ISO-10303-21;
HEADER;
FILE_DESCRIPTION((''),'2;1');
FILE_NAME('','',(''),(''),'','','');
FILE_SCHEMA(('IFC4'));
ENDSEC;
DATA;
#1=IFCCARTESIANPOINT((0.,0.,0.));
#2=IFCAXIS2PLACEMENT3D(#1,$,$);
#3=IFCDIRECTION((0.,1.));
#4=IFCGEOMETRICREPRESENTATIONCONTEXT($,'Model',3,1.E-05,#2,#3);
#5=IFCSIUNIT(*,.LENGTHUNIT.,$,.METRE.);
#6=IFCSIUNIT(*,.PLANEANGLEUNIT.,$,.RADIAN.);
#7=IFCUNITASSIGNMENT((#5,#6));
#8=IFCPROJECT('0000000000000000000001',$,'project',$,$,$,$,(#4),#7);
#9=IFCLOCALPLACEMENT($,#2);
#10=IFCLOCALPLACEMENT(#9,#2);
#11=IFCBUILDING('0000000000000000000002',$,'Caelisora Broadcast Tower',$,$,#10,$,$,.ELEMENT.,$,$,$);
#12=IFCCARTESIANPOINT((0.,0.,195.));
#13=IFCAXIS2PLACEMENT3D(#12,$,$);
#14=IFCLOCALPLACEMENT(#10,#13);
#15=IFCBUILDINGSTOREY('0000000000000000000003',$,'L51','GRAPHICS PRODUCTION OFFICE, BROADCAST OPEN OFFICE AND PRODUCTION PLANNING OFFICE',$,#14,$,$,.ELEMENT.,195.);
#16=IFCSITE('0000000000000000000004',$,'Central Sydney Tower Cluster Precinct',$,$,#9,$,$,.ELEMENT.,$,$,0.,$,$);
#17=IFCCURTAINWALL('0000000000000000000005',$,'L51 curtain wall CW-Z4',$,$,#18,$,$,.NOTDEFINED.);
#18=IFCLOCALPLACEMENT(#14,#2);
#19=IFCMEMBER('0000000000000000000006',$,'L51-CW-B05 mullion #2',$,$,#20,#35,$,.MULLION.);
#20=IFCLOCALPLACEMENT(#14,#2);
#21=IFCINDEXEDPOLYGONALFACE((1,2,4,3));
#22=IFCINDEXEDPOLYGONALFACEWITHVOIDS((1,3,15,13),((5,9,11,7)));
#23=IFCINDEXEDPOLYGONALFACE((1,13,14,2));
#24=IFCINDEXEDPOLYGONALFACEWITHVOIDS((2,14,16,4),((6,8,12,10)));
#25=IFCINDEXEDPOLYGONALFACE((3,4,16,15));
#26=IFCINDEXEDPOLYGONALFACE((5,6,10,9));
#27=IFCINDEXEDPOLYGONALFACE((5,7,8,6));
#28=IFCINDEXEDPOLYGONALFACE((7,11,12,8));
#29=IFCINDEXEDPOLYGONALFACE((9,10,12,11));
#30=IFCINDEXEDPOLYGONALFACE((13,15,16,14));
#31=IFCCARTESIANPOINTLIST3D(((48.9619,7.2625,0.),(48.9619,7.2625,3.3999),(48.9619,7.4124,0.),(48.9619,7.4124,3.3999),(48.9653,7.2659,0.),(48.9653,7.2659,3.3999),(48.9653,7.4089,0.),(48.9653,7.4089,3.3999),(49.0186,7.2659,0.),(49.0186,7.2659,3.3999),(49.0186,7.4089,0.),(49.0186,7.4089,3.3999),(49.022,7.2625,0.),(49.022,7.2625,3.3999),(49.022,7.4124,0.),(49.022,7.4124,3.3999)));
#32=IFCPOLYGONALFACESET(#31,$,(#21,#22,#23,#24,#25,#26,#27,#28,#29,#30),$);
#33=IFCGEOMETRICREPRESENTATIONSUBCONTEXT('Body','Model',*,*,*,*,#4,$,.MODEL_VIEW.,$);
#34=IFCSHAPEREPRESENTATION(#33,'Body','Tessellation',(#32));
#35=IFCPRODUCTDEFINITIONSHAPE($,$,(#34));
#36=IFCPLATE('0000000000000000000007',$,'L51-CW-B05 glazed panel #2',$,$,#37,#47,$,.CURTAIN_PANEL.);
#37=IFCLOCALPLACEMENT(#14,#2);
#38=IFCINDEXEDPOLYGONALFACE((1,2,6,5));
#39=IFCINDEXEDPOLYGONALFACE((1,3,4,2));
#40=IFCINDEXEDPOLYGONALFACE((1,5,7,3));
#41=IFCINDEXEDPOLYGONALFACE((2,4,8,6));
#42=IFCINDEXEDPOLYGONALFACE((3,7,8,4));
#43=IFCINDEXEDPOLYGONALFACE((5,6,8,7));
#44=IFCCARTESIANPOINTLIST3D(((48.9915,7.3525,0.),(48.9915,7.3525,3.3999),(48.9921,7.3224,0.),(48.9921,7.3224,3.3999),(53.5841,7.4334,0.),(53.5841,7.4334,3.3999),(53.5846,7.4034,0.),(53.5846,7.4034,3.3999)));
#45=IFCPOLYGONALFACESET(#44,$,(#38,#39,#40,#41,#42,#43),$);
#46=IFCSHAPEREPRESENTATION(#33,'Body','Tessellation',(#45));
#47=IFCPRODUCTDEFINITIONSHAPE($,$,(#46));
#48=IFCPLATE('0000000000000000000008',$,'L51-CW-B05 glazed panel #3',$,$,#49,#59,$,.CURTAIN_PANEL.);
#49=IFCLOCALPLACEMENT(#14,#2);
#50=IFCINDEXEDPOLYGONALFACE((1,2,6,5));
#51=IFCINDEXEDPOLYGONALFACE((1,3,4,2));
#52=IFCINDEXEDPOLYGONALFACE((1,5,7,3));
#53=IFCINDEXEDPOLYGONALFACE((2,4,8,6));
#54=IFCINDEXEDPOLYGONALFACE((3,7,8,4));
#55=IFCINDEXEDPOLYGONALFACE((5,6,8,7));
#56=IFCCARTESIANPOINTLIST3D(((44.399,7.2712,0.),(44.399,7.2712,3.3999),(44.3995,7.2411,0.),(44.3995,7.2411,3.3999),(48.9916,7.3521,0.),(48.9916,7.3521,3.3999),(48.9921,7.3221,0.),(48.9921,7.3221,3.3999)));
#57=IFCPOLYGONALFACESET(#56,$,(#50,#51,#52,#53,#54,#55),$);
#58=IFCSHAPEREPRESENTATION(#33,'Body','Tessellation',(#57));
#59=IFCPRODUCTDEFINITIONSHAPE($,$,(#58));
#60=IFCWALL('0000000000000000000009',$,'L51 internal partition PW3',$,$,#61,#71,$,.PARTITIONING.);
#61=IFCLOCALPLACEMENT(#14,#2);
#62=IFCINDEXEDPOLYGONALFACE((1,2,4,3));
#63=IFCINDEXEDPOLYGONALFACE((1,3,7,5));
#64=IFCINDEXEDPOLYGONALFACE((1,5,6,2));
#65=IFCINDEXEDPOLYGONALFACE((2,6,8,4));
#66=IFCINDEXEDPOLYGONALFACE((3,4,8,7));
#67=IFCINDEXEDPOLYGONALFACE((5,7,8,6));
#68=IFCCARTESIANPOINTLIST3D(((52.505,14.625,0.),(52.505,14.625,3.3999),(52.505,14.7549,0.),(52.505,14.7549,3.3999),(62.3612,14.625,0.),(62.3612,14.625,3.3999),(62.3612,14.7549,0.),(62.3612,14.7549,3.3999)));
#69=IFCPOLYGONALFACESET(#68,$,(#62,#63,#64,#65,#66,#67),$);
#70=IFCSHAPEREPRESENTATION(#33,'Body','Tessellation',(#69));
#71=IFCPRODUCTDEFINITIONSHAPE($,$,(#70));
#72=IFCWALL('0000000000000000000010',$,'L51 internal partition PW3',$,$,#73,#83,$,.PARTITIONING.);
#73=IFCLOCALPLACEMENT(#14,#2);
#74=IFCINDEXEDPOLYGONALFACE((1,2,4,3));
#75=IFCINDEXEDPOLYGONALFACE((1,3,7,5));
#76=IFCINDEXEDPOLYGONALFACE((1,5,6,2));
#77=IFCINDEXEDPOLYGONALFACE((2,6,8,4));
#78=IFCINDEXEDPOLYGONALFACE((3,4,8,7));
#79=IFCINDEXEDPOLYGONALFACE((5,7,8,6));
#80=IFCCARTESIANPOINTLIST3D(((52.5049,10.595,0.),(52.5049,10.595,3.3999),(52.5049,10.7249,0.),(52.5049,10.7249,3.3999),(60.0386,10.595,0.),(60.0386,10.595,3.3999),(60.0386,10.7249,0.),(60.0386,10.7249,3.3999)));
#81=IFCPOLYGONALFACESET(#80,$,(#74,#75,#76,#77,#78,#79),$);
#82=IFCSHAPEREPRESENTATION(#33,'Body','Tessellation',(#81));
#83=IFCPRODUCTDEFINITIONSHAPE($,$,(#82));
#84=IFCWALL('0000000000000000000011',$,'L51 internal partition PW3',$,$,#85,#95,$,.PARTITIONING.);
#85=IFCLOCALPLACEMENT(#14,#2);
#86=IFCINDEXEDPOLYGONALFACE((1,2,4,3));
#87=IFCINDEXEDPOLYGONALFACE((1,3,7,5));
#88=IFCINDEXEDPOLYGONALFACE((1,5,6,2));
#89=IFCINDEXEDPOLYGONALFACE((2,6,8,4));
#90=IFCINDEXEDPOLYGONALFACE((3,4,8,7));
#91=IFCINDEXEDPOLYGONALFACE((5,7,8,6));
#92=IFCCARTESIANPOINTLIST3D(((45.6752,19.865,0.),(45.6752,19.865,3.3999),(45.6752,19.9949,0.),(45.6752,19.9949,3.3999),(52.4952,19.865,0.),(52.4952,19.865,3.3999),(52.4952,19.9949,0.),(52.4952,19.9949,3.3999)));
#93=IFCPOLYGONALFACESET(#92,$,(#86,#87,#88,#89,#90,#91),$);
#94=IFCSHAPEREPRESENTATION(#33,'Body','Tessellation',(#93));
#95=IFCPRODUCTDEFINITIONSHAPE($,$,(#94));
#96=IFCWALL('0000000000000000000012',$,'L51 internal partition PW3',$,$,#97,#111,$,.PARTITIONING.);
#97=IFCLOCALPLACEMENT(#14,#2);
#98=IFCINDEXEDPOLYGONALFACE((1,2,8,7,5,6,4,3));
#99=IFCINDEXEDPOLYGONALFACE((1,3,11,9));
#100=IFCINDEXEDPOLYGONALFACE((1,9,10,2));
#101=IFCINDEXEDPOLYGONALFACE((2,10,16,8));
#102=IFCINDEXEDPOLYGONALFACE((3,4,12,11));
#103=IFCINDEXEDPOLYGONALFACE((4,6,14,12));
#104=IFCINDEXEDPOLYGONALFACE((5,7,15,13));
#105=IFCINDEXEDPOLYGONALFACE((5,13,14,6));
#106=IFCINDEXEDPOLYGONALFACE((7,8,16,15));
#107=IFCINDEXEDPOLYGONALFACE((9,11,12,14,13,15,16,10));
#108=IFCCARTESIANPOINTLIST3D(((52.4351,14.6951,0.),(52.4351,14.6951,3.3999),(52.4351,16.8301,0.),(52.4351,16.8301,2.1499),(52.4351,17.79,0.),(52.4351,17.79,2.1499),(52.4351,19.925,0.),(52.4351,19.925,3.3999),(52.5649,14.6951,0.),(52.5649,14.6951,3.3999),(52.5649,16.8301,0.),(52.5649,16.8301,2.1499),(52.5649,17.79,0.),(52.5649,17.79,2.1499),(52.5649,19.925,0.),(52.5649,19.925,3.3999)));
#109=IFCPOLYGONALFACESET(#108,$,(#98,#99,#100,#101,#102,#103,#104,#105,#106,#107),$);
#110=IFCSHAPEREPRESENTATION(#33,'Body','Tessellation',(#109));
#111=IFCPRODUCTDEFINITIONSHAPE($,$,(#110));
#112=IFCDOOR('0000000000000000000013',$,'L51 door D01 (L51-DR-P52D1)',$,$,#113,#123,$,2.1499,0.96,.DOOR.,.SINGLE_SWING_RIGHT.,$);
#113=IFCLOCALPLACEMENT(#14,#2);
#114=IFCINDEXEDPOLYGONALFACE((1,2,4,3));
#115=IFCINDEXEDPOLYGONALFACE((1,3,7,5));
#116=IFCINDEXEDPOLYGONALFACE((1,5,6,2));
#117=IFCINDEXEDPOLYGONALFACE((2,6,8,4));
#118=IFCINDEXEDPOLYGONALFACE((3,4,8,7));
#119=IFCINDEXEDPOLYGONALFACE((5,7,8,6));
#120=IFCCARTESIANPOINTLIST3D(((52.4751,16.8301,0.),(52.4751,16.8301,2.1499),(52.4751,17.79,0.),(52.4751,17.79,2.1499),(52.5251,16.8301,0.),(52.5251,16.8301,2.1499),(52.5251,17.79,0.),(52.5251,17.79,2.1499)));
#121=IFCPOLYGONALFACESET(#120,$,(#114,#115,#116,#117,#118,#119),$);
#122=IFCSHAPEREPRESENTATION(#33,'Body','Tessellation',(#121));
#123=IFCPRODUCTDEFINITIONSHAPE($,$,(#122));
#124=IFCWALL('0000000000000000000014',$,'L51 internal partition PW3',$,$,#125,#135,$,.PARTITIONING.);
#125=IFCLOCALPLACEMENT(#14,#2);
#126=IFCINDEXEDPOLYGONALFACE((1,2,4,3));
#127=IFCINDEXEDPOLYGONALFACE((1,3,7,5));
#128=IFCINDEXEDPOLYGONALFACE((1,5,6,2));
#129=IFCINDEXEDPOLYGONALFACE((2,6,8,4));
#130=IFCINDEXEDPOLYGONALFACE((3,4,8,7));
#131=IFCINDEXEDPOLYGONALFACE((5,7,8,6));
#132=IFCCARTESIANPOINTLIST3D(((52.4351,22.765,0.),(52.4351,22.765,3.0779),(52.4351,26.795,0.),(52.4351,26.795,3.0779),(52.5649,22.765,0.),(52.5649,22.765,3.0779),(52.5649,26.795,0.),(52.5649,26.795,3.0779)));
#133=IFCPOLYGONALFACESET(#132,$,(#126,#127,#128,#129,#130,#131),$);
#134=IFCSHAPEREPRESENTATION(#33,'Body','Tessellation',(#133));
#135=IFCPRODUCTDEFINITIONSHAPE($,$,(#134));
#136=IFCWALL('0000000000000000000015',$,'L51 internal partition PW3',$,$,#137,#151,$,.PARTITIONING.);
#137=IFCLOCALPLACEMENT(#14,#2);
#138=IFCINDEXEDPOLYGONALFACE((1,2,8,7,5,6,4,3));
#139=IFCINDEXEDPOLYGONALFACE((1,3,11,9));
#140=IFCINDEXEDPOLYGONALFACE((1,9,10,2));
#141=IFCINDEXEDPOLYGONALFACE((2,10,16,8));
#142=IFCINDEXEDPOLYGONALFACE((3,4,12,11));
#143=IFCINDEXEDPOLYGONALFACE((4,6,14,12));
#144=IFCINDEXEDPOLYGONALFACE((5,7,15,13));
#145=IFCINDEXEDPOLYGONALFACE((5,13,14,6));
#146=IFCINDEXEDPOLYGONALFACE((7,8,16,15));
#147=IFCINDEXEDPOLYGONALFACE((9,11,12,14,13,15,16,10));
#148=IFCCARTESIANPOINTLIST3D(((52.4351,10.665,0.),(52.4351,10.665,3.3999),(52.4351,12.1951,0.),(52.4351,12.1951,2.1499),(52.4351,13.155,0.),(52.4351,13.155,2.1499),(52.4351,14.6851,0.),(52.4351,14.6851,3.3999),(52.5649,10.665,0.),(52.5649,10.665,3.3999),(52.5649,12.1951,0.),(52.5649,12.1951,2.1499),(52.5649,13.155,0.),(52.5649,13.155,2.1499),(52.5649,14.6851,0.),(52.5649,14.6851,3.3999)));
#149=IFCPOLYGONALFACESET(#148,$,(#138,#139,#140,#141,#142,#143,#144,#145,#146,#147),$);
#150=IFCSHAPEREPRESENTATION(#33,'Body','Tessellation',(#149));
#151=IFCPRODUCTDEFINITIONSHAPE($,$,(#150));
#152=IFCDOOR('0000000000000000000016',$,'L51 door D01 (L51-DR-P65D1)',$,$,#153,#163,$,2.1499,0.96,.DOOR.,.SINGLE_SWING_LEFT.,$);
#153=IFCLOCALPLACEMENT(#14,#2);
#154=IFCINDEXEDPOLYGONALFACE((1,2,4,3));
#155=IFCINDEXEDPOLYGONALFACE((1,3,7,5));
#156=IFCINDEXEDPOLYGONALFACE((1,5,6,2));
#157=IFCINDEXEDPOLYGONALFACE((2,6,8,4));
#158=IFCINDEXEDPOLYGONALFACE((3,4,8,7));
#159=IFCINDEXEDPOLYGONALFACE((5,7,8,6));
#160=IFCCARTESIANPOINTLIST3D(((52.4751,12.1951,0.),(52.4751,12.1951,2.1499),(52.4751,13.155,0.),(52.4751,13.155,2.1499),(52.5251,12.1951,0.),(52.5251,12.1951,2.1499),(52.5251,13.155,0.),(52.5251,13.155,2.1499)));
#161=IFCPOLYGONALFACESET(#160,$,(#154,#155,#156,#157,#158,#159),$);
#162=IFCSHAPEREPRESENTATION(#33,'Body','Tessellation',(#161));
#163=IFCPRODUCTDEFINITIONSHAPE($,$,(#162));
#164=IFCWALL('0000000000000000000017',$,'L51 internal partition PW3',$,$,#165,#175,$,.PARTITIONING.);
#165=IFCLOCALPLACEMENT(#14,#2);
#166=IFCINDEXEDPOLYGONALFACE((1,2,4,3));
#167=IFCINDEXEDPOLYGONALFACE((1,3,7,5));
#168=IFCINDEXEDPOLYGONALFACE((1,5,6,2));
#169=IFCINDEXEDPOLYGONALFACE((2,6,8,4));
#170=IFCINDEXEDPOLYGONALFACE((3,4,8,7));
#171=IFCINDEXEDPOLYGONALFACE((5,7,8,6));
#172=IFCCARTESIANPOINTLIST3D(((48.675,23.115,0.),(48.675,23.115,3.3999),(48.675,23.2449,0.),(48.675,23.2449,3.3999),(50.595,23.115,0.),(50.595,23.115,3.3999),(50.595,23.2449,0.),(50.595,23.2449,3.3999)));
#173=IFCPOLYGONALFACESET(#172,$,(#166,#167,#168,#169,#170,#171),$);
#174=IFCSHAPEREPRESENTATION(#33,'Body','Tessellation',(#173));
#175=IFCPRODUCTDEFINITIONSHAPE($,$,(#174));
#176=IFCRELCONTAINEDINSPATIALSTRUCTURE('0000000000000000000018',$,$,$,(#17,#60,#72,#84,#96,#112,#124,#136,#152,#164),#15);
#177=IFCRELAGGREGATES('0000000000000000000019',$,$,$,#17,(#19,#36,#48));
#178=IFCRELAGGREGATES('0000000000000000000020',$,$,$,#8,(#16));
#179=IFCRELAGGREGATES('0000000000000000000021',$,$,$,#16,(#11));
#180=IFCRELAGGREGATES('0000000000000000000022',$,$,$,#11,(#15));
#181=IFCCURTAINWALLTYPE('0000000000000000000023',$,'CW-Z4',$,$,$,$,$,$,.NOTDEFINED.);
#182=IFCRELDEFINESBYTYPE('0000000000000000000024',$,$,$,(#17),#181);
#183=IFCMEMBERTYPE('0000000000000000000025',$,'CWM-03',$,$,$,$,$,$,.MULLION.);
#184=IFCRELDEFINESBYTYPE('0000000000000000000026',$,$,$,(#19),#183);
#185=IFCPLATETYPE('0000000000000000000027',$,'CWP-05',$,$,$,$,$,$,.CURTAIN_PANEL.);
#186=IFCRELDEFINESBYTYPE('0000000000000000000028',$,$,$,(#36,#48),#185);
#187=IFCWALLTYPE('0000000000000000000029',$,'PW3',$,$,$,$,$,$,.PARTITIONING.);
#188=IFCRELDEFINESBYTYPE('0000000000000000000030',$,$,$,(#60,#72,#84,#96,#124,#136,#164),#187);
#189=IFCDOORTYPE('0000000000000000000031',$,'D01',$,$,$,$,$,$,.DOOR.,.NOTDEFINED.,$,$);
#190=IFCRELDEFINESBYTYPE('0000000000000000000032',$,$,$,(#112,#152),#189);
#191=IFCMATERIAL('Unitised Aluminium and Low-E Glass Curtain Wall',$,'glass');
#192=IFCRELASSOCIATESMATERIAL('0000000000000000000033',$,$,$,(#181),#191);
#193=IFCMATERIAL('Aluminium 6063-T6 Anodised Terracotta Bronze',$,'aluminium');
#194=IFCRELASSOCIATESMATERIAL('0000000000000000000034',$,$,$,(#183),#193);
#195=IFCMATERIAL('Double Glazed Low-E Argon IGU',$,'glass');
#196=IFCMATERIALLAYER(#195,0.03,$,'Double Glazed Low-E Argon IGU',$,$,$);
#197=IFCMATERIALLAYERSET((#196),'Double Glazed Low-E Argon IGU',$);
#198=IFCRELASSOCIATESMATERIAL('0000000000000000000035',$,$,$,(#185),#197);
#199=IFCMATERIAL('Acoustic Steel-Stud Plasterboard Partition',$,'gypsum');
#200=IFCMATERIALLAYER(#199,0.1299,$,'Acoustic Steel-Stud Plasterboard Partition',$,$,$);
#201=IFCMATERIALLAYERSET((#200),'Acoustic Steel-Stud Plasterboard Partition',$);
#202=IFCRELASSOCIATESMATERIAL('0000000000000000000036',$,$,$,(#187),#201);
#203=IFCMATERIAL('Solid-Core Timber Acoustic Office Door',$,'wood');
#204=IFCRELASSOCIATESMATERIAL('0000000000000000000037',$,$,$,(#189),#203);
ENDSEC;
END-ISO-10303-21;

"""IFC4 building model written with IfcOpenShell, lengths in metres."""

from ifc_helpers import new_model, si_unit, direction, frame, frame_2d, origin, origin_2d, place, context, subcontext, project, spatial, rectangle, hollow_rectangle, extrude, source, transform, mapped, material, layer, layer_set, material_profile, profile_set, type_object, type_shapes, element, fill, aggregate, save


model = new_model("IFC4")

# Units and contexts
model_context = context("Model", 3, precision=1e-05, world=origin(), true_north=direction((0.0, 1.0)))
body_context = subcontext(model_context, "Body", "Model", "MODEL_VIEW")
ifc_project = project(units=[si_unit("LENGTHUNIT", "METRE"), si_unit("PLANEANGLEUNIT", "RADIAN")], contexts=[model_context])

# Site, building, storey
site_placement = place(None, origin())
site = spatial("IfcSite", under=ifc_project, at=site_placement, Name="Central Sydney Tower Cluster Precinct", CompositionType="ELEMENT", RefElevation=0.0)
building_placement = place(site_placement, origin())
building = spatial("IfcBuilding", under=site, at=building_placement, Name="Caelisora Broadcast Tower", CompositionType="ELEMENT")
storey_placement = place(building_placement, frame((0.0, 0.0, 195.0)))
storey = spatial("IfcBuildingStorey", under=building, at=storey_placement, Name="L51", Description="GRAPHICS PRODUCTION OFFICE, BROADCAST OPEN OFFICE AND PRODUCTION PLANNING OFFICE", CompositionType="ELEMENT", Elevation=195.0)

# Curtain wall, member, plates
ifc_material_1 = material(Name="Unitised Aluminium and Low-E Glass Curtain Wall", Category="glass")
curtain_wall_type = type_object("IfcCurtainWallType", Name="CW-Z4", PredefinedType="NOTDEFINED", material=ifc_material_1)
curtain_wall_placement = place(storey_placement, origin())
curtain_wall = element("IfcCurtainWall", 1, at=curtain_wall_placement, inside=storey, type_object=curtain_wall_type, Name="L51 curtain wall CW-Z4", PredefinedType="NOTDEFINED")
ifc_material_2 = material(Name="Aluminium 6063-T6 Anodised Terracotta Bronze", Category="aluminium")
ifc_material_profile_1 = material_profile(ifc_material_2, hollow_rectangle(XDim=0.0601, YDim=0.1499, WallThickness=0.0034, at=origin_2d()), Name="Aluminium 6063-T6 Anodised Terracotta Bronze")
ifc_profile_set_1 = profile_set([ifc_material_profile_1], Name="Aluminium 6063-T6 Anodised Terracotta Bronze")
member_type = type_object("IfcMemberType", Name="CWM-03", PredefinedType="MULLION", material=ifc_profile_set_1)
shared_shape_1 = source(origin(), body_context, "Body", "SweptSolid", [
    extrude(hollow_rectangle(XDim=0.0601, YDim=0.1499, WallThickness=0.0034, at=origin_2d()), origin(), (0.0, 0.0, 1.0), 3.3999),
])
type_shapes(member_type, [shared_shape_1])
member_placement = place(storey_placement, frame((48.9919, 7.3374, 0.0), z_axis=(0.0, 0.0, 1.0), x_axis=(1.0, 0.0, 0.0)))
member = element("IfcMember", 2, at=member_placement, type_object=member_type, Name="L51-CW-B05 mullion #2", PredefinedType="MULLION", context=body_context, shape_type="MappedRepresentation", body=[
    mapped(shared_shape_1, transform((0.0, 0.0, 0.0), scale=1.0)),
])
ifc_material_3 = material(Name="Double Glazed Low-E Argon IGU", Category="glass")
ifc_layer_1 = layer(ifc_material_3, 0.03, Name="Double Glazed Low-E Argon IGU")
ifc_layer_set_1 = layer_set([ifc_layer_1], Name="Double Glazed Low-E Argon IGU")
plate_type = type_object("IfcPlateType", Name="CWP-05", PredefinedType="CURTAIN_PANEL", material=ifc_layer_set_1)
shared_shape_2 = source(origin(), body_context, "Body", "SweptSolid", [
    extrude(rectangle(XDim=4.5933, YDim=0.03, at=origin_2d()), origin(), (0.0, 0.0, 1.0), 3.3999),
])
type_shapes(plate_type, [shared_shape_2])
plate_1_placement = place(storey_placement, frame((51.2881, 7.3779, 0.0), z_axis=(0.0, 0.0, 1.0), x_axis=(-0.999845, -0.017627, 0.0)))
plate_1 = element("IfcPlate", 3, at=plate_1_placement, type_object=plate_type, Name="L51-CW-B05 glazed panel #2", PredefinedType="CURTAIN_PANEL", context=body_context, shape_type="MappedRepresentation", body=[
    mapped(shared_shape_2, transform((0.0, 0.0, 0.0), scale=1.0)),
])
plate_2_placement = place(storey_placement, frame((46.6956, 7.2966, 0.0), z_axis=(0.0, 0.0, 1.0), x_axis=(-0.999845, -0.017627, 0.0)))
plate_2 = element("IfcPlate", 4, at=plate_2_placement, type_object=plate_type, Name="L51-CW-B05 glazed panel #3", PredefinedType="CURTAIN_PANEL", context=body_context, shape_type="MappedRepresentation", body=[
    mapped(shared_shape_2, transform((0.0, 0.0, 0.0), scale=1.0)),
])
aggregate(curtain_wall, [member, plate_1, plate_2])

# Walls
ifc_material_4 = material(Name="Acoustic Steel-Stud Plasterboard Partition", Category="gypsum")
ifc_layer_2 = layer(ifc_material_4, 0.1299, Name="Acoustic Steel-Stud Plasterboard Partition")
ifc_layer_set_2 = layer_set([ifc_layer_2], Name="Acoustic Steel-Stud Plasterboard Partition")
wall_type = type_object("IfcWallType", Name="PW3", PredefinedType="PARTITIONING", material=ifc_layer_set_2)
wall_1_placement = place(storey_placement, frame((52.5049, 14.6899, 0.0), z_axis=(0.0, 0.0, 1.0), x_axis=(1.0, 0.0, 0.0)))
element("IfcWall", 5, at=wall_1_placement, inside=storey, type_object=wall_type, Name="L51 internal partition PW3", PredefinedType="PARTITIONING", context=body_context, shape_type="SweptSolid", body=[
    extrude(rectangle(XDim=9.8562, YDim=0.1299, at=frame_2d((4.9282, 0.0))), origin(), (0.0, 0.0, 1.0), 3.3999),
])
wall_2_placement = place(storey_placement, frame((52.5049, 10.6599, 0.0), z_axis=(0.0, 0.0, 1.0), x_axis=(1.0, 0.0, 0.0)))
element("IfcWall", 6, at=wall_2_placement, inside=storey, type_object=wall_type, Name="L51 internal partition PW3", PredefinedType="PARTITIONING", context=body_context, shape_type="SweptSolid", body=[
    extrude(rectangle(XDim=7.5337, YDim=0.1299, at=frame_2d((3.7668, 0.0))), origin(), (0.0, 0.0, 1.0), 3.3999),
])
wall_3_placement = place(storey_placement, frame((45.675, 19.9299, 0.0), z_axis=(0.0, 0.0, 1.0), x_axis=(1.0, 0.0, 0.0)))
element("IfcWall", 7, at=wall_3_placement, inside=storey, type_object=wall_type, Name="L51 internal partition PW3", PredefinedType="PARTITIONING", context=body_context, shape_type="SweptSolid", body=[
    extrude(rectangle(XDim=6.8201, YDim=0.1299, at=frame_2d((3.4102, 0.0))), origin(), (0.0, 0.0, 1.0), 3.3999),
])

# Wall, opening, door
wall_4_placement = place(storey_placement, frame((52.5, 14.6951, 0.0), z_axis=(0.0, 0.0, 1.0), x_axis=(0.0, 1.0, 0.0)))
wall_4 = element("IfcWall", 8, at=wall_4_placement, inside=storey, type_object=wall_type, Name="L51 internal partition PW3", PredefinedType="PARTITIONING", context=body_context, shape_type="SweptSolid", body=[
    extrude(rectangle(XDim=5.23, YDim=0.1299, at=frame_2d((2.615, 0.0))), origin(), (0.0, 0.0, 1.0), 3.3999),
])
opening_1_placement = place(wall_4_placement, frame((2.135, 0.0, 0.0)))
opening_1 = element("IfcOpeningElement", 9, at=opening_1_placement, cuts=wall_4, PredefinedType="OPENING", context=body_context, shape_type="SweptSolid", body=[
    extrude(rectangle(XDim=0.96, YDim=2.1499, at=frame_2d((0.48, 1.075))), frame((0.0, 0.0769, 0.0), z_axis=(0.0, -1.0, 0.0), x_axis=(1.0, 0.0, 0.0)), (0.0, 0.0, 1.0), 0.1538),
])
ifc_material_5 = material(Name="Solid-Core Timber Acoustic Office Door", Category="wood")
door_type = type_object("IfcDoorType", Name="D01", OperationType="NOTDEFINED", PredefinedType="DOOR", material=ifc_material_5)
door_1_placement = place(opening_1_placement, origin())
door_1 = element("IfcDoor", 10, at=door_1_placement, inside=storey, type_object=door_type, Name="L51 door D01 (L51-DR-P52D1)", OperationType="SINGLE_SWING_RIGHT", OverallHeight=2.1499, OverallWidth=0.96, PredefinedType="DOOR", context=body_context, shape_type="SweptSolid", body=[
    extrude(rectangle(XDim=0.96, YDim=2.1499, at=frame_2d((0.48, 1.075))), frame((0.0, 0.0249, 0.0), z_axis=(0.0, -1.0, 0.0), x_axis=(1.0, 0.0, 0.0)), (0.0, 0.0, 1.0), 0.05),
])
fill(opening_1, door_1)

# Wall
wall_5_placement = place(storey_placement, frame((52.5, 22.7649, 0.0), z_axis=(0.0, 0.0, 1.0), x_axis=(0.0, 1.0, 0.0)))
element("IfcWall", 11, at=wall_5_placement, inside=storey, type_object=wall_type, Name="L51 internal partition PW3", PredefinedType="PARTITIONING", context=body_context, shape_type="SweptSolid", body=[
    extrude(rectangle(XDim=4.03, YDim=0.1299, at=frame_2d((2.0151, 0.0))), origin(), (0.0, 0.0, 1.0), 3.0779),
])

# Wall, opening, door
wall_6_placement = place(storey_placement, frame((52.5, 10.665, 0.0), z_axis=(0.0, 0.0, 1.0), x_axis=(0.0, 1.0, 0.0)))
wall_6 = element("IfcWall", 12, at=wall_6_placement, inside=storey, type_object=wall_type, Name="L51 internal partition PW3", PredefinedType="PARTITIONING", context=body_context, shape_type="SweptSolid", body=[
    extrude(rectangle(XDim=4.02, YDim=0.1299, at=frame_2d((2.01, 0.0))), origin(), (0.0, 0.0, 1.0), 3.3999),
])
opening_2_placement = place(wall_6_placement, frame((1.53, 0.0, 0.0)))
opening_2 = element("IfcOpeningElement", 13, at=opening_2_placement, cuts=wall_6, PredefinedType="OPENING", context=body_context, shape_type="SweptSolid", body=[
    extrude(rectangle(XDim=0.96, YDim=2.1499, at=frame_2d((0.48, 1.075))), frame((0.0, 0.0769, 0.0), z_axis=(0.0, -1.0, 0.0), x_axis=(1.0, 0.0, 0.0)), (0.0, 0.0, 1.0), 0.1538),
])
door_2_placement = place(opening_2_placement, origin())
door_2 = element("IfcDoor", 14, at=door_2_placement, inside=storey, type_object=door_type, Name="L51 door D01 (L51-DR-P65D1)", OperationType="SINGLE_SWING_LEFT", OverallHeight=2.1499, OverallWidth=0.96, PredefinedType="DOOR", context=body_context, shape_type="SweptSolid", body=[
    extrude(rectangle(XDim=0.96, YDim=2.1499, at=frame_2d((0.48, 1.075))), frame((0.0, 0.0249, 0.0), z_axis=(0.0, -1.0, 0.0), x_axis=(1.0, 0.0, 0.0)), (0.0, 0.0, 1.0), 0.05),
])
fill(opening_2, door_2)

# Wall
wall_7_placement = place(storey_placement, frame((48.675, 23.1799, 0.0), z_axis=(0.0, 0.0, 1.0), x_axis=(1.0, 0.0, 0.0)))
element("IfcWall", 15, at=wall_7_placement, inside=storey, type_object=wall_type, Name="L51 internal partition PW3", PredefinedType="PARTITIONING", context=body_context, shape_type="SweptSolid", body=[
    extrude(rectangle(XDim=1.9199, YDim=0.1299, at=frame_2d((0.96, 0.0))), origin(), (0.0, 0.0, 1.0), 3.3999),
])

save(model, "model.ifc")
